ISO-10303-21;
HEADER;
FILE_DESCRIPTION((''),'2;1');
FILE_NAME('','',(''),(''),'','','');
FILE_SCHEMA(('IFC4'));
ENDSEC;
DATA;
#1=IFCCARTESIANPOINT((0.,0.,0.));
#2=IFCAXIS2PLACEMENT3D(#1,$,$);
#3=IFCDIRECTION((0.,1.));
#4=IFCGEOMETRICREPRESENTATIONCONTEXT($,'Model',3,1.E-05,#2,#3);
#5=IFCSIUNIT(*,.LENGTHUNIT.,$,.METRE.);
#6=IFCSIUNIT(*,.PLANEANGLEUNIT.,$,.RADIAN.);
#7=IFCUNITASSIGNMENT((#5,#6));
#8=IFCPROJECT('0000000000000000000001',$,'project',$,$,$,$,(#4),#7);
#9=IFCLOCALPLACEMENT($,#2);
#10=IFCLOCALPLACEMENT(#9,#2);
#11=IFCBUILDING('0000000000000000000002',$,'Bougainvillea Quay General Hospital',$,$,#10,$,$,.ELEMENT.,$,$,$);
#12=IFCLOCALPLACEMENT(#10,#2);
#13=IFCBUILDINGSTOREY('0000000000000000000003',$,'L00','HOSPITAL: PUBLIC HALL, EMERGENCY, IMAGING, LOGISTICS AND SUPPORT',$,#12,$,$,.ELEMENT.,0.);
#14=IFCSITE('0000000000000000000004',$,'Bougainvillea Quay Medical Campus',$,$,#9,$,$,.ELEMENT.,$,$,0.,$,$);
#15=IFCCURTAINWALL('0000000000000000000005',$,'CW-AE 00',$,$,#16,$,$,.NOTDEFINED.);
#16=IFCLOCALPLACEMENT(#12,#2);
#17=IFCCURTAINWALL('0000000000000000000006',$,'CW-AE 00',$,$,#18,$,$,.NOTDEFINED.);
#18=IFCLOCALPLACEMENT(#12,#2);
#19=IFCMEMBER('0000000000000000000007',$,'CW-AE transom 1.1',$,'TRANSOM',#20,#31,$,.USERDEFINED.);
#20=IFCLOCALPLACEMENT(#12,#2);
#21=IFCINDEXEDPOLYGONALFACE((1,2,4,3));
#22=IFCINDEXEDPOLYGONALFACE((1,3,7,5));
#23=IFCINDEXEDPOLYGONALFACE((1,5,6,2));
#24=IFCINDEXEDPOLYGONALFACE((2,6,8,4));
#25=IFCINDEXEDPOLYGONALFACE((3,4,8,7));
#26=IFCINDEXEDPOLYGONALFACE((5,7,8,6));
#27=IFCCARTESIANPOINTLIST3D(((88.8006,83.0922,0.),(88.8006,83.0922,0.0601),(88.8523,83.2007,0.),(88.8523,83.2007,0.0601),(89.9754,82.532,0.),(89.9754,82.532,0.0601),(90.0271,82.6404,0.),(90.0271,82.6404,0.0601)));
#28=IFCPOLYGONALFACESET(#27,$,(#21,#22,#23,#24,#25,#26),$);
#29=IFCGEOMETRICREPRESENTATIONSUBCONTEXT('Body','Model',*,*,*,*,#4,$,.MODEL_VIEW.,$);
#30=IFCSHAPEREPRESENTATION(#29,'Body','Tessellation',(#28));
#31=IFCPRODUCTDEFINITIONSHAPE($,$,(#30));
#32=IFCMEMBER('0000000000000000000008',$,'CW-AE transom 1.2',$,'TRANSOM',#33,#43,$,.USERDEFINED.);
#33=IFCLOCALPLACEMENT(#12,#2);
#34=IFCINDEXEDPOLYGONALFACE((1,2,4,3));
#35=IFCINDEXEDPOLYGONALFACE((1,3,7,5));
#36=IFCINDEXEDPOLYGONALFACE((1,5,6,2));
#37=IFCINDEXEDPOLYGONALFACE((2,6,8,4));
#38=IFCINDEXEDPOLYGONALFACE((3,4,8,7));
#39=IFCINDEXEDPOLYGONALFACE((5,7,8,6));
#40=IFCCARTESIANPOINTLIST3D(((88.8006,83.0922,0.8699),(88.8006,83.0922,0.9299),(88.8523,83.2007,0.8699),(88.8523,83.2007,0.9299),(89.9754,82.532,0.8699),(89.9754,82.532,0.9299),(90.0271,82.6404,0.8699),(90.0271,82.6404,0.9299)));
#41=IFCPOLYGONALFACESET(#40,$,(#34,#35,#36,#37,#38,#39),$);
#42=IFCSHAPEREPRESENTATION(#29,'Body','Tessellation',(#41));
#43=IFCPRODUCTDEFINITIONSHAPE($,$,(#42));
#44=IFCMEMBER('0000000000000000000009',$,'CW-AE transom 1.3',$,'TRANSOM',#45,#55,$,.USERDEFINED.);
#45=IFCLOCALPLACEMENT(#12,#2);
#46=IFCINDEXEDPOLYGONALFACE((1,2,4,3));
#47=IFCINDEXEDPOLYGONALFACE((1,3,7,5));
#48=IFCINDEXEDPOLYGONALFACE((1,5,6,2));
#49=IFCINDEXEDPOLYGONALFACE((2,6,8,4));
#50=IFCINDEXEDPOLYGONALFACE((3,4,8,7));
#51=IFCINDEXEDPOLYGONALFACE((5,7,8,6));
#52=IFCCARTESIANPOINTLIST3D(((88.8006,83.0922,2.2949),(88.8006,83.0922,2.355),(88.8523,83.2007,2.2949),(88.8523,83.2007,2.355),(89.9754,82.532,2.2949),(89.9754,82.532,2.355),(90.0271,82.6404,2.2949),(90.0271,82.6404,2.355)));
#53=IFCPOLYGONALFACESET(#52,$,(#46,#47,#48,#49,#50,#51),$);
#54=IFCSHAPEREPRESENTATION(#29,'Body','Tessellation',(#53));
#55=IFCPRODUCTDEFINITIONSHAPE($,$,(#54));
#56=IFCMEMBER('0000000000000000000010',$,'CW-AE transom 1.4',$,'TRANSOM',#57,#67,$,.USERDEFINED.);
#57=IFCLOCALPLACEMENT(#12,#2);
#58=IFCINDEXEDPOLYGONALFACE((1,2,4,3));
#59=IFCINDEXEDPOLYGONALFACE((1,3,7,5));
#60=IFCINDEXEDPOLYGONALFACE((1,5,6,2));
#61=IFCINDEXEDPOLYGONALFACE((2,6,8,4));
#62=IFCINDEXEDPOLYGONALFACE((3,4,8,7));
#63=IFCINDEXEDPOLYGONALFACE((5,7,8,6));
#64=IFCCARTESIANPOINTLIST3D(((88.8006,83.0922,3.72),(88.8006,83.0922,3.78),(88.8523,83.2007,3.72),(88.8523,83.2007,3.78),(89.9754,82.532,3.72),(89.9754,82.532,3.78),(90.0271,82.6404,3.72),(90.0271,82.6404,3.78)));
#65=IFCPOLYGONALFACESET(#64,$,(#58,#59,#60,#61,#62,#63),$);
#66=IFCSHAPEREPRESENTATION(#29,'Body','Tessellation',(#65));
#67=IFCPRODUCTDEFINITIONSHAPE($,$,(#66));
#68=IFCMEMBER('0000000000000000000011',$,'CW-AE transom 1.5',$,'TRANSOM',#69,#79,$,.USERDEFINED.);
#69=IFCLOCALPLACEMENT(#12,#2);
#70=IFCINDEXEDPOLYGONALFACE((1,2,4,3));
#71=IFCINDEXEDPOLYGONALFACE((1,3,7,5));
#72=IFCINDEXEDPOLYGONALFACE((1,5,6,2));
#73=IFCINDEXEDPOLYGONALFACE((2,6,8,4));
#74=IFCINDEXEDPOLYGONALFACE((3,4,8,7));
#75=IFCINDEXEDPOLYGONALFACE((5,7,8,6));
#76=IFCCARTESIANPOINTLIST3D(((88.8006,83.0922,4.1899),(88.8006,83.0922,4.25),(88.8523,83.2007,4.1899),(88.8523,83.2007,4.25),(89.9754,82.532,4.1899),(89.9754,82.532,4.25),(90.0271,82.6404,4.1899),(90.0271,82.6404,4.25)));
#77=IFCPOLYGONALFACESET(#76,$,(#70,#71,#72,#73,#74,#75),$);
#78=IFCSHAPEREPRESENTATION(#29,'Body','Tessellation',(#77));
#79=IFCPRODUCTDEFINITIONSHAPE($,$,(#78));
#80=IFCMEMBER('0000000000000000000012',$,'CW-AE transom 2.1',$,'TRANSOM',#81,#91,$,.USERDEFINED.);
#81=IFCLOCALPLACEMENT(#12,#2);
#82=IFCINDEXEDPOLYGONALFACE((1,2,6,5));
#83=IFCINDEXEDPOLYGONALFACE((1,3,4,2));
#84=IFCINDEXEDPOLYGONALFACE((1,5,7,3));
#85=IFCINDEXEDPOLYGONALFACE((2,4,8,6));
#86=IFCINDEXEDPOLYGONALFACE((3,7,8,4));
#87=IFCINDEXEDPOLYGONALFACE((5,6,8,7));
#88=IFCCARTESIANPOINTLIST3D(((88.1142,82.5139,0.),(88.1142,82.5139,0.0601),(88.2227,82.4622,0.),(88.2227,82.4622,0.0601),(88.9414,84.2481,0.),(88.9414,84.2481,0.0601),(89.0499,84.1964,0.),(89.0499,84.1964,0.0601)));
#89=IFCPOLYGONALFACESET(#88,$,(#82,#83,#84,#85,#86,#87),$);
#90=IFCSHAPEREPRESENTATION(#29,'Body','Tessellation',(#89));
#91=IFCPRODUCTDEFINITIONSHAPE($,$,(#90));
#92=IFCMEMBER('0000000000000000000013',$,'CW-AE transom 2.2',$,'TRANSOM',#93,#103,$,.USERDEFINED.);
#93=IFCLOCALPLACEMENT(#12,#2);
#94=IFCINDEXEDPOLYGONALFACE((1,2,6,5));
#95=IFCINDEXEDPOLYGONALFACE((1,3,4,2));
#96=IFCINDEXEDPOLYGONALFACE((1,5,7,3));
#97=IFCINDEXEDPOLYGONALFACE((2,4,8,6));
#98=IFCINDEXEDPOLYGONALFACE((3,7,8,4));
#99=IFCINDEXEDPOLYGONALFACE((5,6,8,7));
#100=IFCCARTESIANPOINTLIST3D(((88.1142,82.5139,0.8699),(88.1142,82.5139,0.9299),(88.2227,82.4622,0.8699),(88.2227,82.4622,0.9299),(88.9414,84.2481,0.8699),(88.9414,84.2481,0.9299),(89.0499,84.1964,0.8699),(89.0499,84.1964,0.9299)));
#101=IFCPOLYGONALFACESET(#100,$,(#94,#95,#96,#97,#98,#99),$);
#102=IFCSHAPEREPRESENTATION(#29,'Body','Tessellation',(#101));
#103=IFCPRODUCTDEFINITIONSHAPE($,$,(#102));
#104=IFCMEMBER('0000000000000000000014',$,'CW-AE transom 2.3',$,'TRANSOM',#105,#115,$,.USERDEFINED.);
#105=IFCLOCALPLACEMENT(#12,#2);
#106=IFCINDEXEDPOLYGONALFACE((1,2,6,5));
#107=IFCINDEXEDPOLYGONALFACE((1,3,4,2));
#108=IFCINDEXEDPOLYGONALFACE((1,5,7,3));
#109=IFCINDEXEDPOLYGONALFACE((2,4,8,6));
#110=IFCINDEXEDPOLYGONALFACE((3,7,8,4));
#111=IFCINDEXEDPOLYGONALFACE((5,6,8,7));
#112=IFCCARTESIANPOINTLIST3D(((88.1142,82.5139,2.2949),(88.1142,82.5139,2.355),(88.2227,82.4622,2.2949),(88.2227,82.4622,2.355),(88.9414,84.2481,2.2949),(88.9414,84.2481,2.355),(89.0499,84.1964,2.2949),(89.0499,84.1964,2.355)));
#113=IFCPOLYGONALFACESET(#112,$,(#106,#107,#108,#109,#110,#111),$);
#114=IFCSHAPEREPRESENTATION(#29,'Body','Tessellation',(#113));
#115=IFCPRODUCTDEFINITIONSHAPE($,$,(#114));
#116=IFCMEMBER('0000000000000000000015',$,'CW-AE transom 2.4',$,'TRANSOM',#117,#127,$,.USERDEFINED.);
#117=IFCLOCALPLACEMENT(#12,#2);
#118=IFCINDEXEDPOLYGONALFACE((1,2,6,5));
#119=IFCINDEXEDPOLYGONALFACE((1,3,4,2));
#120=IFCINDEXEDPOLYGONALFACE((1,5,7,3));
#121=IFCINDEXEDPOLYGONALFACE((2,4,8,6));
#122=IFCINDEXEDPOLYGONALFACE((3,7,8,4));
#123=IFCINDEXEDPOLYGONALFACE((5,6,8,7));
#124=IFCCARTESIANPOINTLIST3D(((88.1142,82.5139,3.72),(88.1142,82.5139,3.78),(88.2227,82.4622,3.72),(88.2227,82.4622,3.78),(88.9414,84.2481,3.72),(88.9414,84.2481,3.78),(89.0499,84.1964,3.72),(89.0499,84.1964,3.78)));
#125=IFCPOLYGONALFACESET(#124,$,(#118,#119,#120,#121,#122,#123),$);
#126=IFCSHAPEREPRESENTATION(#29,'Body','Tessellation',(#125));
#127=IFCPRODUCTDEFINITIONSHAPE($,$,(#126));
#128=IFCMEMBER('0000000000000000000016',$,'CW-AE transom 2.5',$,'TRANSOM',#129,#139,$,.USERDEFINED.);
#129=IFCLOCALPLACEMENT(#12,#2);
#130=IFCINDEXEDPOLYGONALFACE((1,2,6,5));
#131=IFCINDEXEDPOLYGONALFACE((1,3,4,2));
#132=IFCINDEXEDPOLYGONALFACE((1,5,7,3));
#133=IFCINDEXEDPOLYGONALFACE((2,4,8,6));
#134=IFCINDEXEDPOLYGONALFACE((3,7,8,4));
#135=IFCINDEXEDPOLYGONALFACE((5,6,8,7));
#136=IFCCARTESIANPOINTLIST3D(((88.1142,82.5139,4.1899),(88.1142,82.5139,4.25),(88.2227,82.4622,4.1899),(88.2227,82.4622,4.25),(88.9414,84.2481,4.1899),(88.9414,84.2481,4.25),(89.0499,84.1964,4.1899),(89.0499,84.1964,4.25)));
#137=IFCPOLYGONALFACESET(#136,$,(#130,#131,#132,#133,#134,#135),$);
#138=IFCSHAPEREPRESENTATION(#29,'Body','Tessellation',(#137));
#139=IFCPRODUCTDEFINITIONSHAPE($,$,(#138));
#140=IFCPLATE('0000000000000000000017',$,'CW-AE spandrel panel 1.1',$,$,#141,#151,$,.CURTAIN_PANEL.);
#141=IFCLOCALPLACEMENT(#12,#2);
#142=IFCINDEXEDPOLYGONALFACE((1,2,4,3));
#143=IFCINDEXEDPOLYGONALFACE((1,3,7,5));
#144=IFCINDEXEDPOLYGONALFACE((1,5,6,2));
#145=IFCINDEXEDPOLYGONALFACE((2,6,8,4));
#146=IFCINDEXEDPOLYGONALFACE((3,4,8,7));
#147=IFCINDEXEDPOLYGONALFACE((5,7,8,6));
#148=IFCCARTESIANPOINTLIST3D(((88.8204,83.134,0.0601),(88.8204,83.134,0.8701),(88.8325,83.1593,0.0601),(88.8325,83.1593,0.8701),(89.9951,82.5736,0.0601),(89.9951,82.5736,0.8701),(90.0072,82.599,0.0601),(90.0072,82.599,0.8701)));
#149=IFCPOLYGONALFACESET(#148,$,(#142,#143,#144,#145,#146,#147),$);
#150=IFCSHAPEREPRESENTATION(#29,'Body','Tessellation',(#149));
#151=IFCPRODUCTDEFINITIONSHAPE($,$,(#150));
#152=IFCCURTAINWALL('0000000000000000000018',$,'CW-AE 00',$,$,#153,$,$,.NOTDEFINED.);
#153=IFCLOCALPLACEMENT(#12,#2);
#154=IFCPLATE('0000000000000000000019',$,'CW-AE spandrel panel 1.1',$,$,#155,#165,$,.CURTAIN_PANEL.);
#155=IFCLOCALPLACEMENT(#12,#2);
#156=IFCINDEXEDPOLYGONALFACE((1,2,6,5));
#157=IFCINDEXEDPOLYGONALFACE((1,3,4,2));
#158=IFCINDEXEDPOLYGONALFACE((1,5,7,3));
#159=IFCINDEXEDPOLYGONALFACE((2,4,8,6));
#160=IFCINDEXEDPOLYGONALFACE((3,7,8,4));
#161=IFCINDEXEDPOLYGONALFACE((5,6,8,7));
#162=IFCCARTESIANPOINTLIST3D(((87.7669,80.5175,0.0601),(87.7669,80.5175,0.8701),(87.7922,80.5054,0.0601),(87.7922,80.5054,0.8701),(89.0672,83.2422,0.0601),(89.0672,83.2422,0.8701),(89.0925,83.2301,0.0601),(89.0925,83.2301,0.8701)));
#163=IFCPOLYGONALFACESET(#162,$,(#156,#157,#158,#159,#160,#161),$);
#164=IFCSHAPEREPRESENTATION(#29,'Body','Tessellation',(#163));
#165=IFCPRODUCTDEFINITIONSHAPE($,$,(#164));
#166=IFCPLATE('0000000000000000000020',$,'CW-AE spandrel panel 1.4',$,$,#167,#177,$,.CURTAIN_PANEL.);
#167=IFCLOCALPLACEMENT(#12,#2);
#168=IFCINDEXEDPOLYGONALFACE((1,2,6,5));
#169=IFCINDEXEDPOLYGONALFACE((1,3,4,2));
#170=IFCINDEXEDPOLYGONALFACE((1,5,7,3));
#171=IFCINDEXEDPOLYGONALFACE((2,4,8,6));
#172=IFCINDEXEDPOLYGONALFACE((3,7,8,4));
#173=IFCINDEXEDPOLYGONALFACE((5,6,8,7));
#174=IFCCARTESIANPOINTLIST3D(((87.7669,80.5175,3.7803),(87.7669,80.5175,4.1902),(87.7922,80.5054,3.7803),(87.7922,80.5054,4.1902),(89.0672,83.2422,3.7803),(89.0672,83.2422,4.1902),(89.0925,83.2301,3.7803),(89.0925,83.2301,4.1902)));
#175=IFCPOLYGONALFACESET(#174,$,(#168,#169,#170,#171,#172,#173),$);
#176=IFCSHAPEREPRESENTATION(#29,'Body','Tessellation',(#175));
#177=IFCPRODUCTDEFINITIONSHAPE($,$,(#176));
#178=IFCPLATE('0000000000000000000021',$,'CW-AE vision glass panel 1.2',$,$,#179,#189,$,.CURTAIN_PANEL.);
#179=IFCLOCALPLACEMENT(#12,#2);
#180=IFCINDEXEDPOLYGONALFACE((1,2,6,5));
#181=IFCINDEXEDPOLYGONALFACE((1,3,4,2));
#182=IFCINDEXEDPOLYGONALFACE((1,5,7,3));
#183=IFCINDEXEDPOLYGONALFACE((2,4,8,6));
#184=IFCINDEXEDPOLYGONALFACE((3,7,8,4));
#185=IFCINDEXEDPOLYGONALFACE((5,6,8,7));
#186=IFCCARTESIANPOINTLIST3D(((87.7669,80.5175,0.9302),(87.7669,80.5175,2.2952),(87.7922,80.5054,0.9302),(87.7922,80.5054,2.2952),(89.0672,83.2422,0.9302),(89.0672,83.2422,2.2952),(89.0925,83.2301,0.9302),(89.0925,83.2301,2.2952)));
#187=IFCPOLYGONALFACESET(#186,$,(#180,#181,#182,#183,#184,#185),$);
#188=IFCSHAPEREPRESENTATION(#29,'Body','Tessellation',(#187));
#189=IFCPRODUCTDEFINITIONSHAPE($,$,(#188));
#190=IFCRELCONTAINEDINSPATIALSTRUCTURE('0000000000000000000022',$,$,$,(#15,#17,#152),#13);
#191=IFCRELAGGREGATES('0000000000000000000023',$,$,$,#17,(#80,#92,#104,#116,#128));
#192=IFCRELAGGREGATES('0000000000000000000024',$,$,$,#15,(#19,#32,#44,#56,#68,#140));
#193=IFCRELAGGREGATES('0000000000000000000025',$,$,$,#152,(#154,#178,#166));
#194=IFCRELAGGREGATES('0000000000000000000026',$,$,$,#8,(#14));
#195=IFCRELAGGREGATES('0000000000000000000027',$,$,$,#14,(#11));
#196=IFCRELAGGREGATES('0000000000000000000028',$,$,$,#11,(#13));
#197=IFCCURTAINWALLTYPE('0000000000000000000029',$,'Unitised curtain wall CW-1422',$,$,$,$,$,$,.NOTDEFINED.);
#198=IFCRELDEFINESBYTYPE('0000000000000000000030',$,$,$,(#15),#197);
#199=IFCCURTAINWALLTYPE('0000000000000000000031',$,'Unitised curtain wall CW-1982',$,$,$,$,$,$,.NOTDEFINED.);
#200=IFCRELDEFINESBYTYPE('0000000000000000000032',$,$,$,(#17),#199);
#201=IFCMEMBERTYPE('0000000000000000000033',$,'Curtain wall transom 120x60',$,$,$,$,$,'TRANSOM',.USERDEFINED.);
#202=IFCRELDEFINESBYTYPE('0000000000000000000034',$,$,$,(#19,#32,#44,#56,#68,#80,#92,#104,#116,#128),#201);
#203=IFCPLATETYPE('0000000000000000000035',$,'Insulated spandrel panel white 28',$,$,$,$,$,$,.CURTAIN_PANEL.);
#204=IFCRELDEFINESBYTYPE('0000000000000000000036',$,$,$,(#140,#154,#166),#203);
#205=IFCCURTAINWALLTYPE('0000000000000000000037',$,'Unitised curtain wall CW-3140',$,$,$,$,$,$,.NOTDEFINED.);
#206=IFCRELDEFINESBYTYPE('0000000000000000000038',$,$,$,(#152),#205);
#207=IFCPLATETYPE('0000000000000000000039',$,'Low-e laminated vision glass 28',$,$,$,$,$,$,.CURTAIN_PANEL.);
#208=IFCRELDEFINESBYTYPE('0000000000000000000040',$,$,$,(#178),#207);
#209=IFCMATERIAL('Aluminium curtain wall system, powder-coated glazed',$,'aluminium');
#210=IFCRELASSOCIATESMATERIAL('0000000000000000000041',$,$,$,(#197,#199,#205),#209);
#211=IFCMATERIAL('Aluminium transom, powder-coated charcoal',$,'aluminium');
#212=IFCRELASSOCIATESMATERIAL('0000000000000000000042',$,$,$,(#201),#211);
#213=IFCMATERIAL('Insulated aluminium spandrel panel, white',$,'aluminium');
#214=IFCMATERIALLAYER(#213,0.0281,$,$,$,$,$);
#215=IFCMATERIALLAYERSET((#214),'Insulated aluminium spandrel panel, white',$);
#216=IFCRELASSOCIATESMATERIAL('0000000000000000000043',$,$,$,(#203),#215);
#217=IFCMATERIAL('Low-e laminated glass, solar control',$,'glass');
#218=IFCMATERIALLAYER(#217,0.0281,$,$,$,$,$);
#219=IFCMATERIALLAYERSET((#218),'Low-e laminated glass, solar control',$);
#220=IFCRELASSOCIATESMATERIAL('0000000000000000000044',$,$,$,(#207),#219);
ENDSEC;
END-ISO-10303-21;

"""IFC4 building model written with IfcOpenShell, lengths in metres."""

from ifc_helpers import new_model, si_unit, direction, frame, origin, origin_2d, place, context, subcontext, project, spatial, rectangle, extrude, material, layer, layer_set, material_profile, profile_set, type_object, element, aggregate, save


model = new_model("IFC4")

# Units and contexts
model_context = context("Model", 3, precision=1e-05, world=origin(), true_north=direction((0.0, 1.0)))
body_context = subcontext(model_context, "Body", "Model", "MODEL_VIEW")
ifc_project = project(units=[si_unit("LENGTHUNIT", "METRE"), si_unit("PLANEANGLEUNIT", "RADIAN")], contexts=[model_context])

# Site, building, storey
site_placement = place(None, origin())
site = spatial("IfcSite", under=ifc_project, at=site_placement, Name="Bougainvillea Quay Medical Campus", CompositionType="ELEMENT", RefElevation=0.0)
building_placement = place(site_placement, origin())
building = spatial("IfcBuilding", under=site, at=building_placement, Name="Bougainvillea Quay General Hospital", CompositionType="ELEMENT")
storey_placement = place(building_placement, origin())
storey = spatial("IfcBuildingStorey", under=building, at=storey_placement, Name="L00", Description="HOSPITAL: PUBLIC HALL, EMERGENCY, IMAGING, LOGISTICS AND SUPPORT", CompositionType="ELEMENT", Elevation=0.0)

# Curtain walls
ifc_material_1 = material(Name="Aluminium curtain wall system, powder-coated glazed", Category="aluminium")
curtain_wall_type_1 = type_object("IfcCurtainWallType", Name="Unitised curtain wall CW-1422", PredefinedType="NOTDEFINED", material=ifc_material_1)
curtain_wall_1_placement = place(storey_placement, origin())
curtain_wall_1 = element("IfcCurtainWall", 1, at=curtain_wall_1_placement, inside=storey, type_object=curtain_wall_type_1, Name="CW-AE 00", PredefinedType="NOTDEFINED")
curtain_wall_type_2 = type_object("IfcCurtainWallType", Name="Unitised curtain wall CW-1982", PredefinedType="NOTDEFINED", material=ifc_material_1)
curtain_wall_2_placement = place(storey_placement, origin())
curtain_wall_2 = element("IfcCurtainWall", 2, at=curtain_wall_2_placement, inside=storey, type_object=curtain_wall_type_2, Name="CW-AE 00", PredefinedType="NOTDEFINED")

# Members
ifc_material_2 = material(Name="Aluminium transom, powder-coated charcoal", Category="aluminium")
ifc_material_profile_1 = material_profile(ifc_material_2, rectangle(XDim=0.1201, YDim=0.0601, at=origin_2d()))
ifc_profile_set_1 = profile_set([ifc_material_profile_1], Name="Aluminium transom, powder-coated charcoal")
member_type_1 = type_object("IfcMemberType", Name="Curtain wall transom 120x60", ElementType="TRANSOM", PredefinedType="USERDEFINED", material=ifc_profile_set_1)
member_1_placement = place(storey_placement, frame((90.0012, 82.5862, 0.03), z_axis=(-0.9026, 0.43048, 0.0), x_axis=(-0.43048, -0.9026, 0.0)))
member_1 = element("IfcMember", 3, at=member_1_placement, type_object=member_type_1, Name="CW-AE transom 1.1", ObjectType="TRANSOM", PredefinedType="USERDEFINED", context=body_context, shape_type="SweptSolid", body=[
    extrude(rectangle(XDim=0.1201, YDim=0.0601, at=origin_2d()), origin(), (0.0, 0.0, 1.0), 1.3015),
])
member_2_placement = place(storey_placement, frame((90.0012, 82.5862, 0.8999), z_axis=(-0.9026, 0.43048, 0.0), x_axis=(-0.43048, -0.9026, 0.0)))
member_2 = element("IfcMember", 4, at=member_2_placement, type_object=member_type_1, Name="CW-AE transom 1.2", ObjectType="TRANSOM", PredefinedType="USERDEFINED", context=body_context, shape_type="SweptSolid", body=[
    extrude(rectangle(XDim=0.1201, YDim=0.0601, at=origin_2d()), origin(), (0.0, 0.0, 1.0), 1.3015),
])
member_3_placement = place(storey_placement, frame((90.0012, 82.5862, 2.325), z_axis=(-0.9026, 0.43048, 0.0), x_axis=(-0.43048, -0.9026, 0.0)))
member_3 = element("IfcMember", 5, at=member_3_placement, type_object=member_type_1, Name="CW-AE transom 1.3", ObjectType="TRANSOM", PredefinedType="USERDEFINED", context=body_context, shape_type="SweptSolid", body=[
    extrude(rectangle(XDim=0.1201, YDim=0.0601, at=origin_2d()), origin(), (0.0, 0.0, 1.0), 1.3015),
])
member_4_placement = place(storey_placement, frame((90.0012, 82.5862, 3.75), z_axis=(-0.9026, 0.43048, 0.0), x_axis=(-0.43048, -0.9026, 0.0)))
member_4 = element("IfcMember", 6, at=member_4_placement, type_object=member_type_1, Name="CW-AE transom 1.4", ObjectType="TRANSOM", PredefinedType="USERDEFINED", context=body_context, shape_type="SweptSolid", body=[
    extrude(rectangle(XDim=0.1201, YDim=0.0601, at=origin_2d()), origin(), (0.0, 0.0, 1.0), 1.3015),
])
member_5_placement = place(storey_placement, frame((90.0012, 82.5862, 4.22), z_axis=(-0.9026, 0.43048, 0.0), x_axis=(-0.43048, -0.9026, 0.0)))
member_5 = element("IfcMember", 7, at=member_5_placement, type_object=member_type_1, Name="CW-AE transom 1.5", ObjectType="TRANSOM", PredefinedType="USERDEFINED", context=body_context, shape_type="SweptSolid", body=[
    extrude(rectangle(XDim=0.1201, YDim=0.0601, at=origin_2d()), origin(), (0.0, 0.0, 1.0), 1.3015),
])
member_6_placement = place(storey_placement, frame((88.1685, 82.488, 0.03), z_axis=(0.430516, 0.902583, 0.0), x_axis=(-0.902583, 0.430516, 0.0)))
member_6 = element("IfcMember", 8, at=member_6_placement, type_object=member_type_1, Name="CW-AE transom 2.1", ObjectType="TRANSOM", PredefinedType="USERDEFINED", context=body_context, shape_type="SweptSolid", body=[
    extrude(rectangle(XDim=0.1201, YDim=0.0601, at=origin_2d()), origin(), (0.0, 0.0, 1.0), 1.9214),
])
member_7_placement = place(storey_placement, frame((88.1685, 82.488, 0.8999), z_axis=(0.430516, 0.902583, 0.0), x_axis=(-0.902583, 0.430516, 0.0)))
member_7 = element("IfcMember", 9, at=member_7_placement, type_object=member_type_1, Name="CW-AE transom 2.2", ObjectType="TRANSOM", PredefinedType="USERDEFINED", context=body_context, shape_type="SweptSolid", body=[
    extrude(rectangle(XDim=0.1201, YDim=0.0601, at=origin_2d()), origin(), (0.0, 0.0, 1.0), 1.9214),
])
member_8_placement = place(storey_placement, frame((88.1685, 82.488, 2.325), z_axis=(0.430516, 0.902583, 0.0), x_axis=(-0.902583, 0.430516, 0.0)))
member_8 = element("IfcMember", 10, at=member_8_placement, type_object=member_type_1, Name="CW-AE transom 2.3", ObjectType="TRANSOM", PredefinedType="USERDEFINED", context=body_context, shape_type="SweptSolid", body=[
    extrude(rectangle(XDim=0.1201, YDim=0.0601, at=origin_2d()), origin(), (0.0, 0.0, 1.0), 1.9214),
])
member_9_placement = place(storey_placement, frame((88.1685, 82.488, 3.75), z_axis=(0.430516, 0.902583, 0.0), x_axis=(-0.902583, 0.430516, 0.0)))
member_9 = element("IfcMember", 11, at=member_9_placement, type_object=member_type_1, Name="CW-AE transom 2.4", ObjectType="TRANSOM", PredefinedType="USERDEFINED", context=body_context, shape_type="SweptSolid", body=[
    extrude(rectangle(XDim=0.1201, YDim=0.0601, at=origin_2d()), origin(), (0.0, 0.0, 1.0), 1.9214),
])
member_10_placement = place(storey_placement, frame((88.1685, 82.488, 4.22), z_axis=(0.430516, 0.902583, 0.0), x_axis=(-0.902583, 0.430516, 0.0)))
member_10 = element("IfcMember", 12, at=member_10_placement, type_object=member_type_1, Name="CW-AE transom 2.5", ObjectType="TRANSOM", PredefinedType="USERDEFINED", context=body_context, shape_type="SweptSolid", body=[
    extrude(rectangle(XDim=0.1201, YDim=0.0601, at=origin_2d()), origin(), (0.0, 0.0, 1.0), 1.9214),
])
aggregate(curtain_wall_2, [member_6, member_7, member_8, member_9, member_10])

# Plate
ifc_material_3 = material(Name="Insulated aluminium spandrel panel, white", Category="aluminium")
ifc_layer_1 = layer(ifc_material_3, 0.0281)
ifc_layer_set_1 = layer_set([ifc_layer_1], Name="Insulated aluminium spandrel panel, white")
plate_type_1 = type_object("IfcPlateType", Name="Insulated spandrel panel white 28", PredefinedType="CURTAIN_PANEL", material=ifc_layer_set_1)
plate_1_placement = place(storey_placement, frame((89.4138, 82.8665, 0.0601), z_axis=(0.0, 0.0, 1.0), x_axis=(-0.902574, 0.430534, 0.0)))
plate_1 = element("IfcPlate", 13, at=plate_1_placement, type_object=plate_type_1, Name="CW-AE spandrel panel 1.1", PredefinedType="CURTAIN_PANEL", context=body_context, shape_type="SweptSolid", body=[
    extrude(rectangle(XDim=1.3015, YDim=0.0281, at=origin_2d()), origin(), (0.0, 0.0, 1.0), 0.8101),
])
aggregate(curtain_wall_1, [member_1, member_2, member_3, member_4, member_5, plate_1])

# Curtain wall, plates
curtain_wall_type_3 = type_object("IfcCurtainWallType", Name="Unitised curtain wall CW-3140", PredefinedType="NOTDEFINED", material=ifc_material_1)
curtain_wall_3_placement = place(storey_placement, origin())
curtain_wall_3 = element("IfcCurtainWall", 14, at=curtain_wall_3_placement, inside=storey, type_object=curtain_wall_type_3, Name="CW-AE 00", PredefinedType="NOTDEFINED")
plate_2_placement = place(storey_placement, frame((88.4297, 81.8738, 0.0601), z_axis=(0.0, 0.0, 1.0), x_axis=(-0.4307, -0.902495, 0.0)))
plate_2 = element("IfcPlate", 15, at=plate_2_placement, type_object=plate_type_1, Name="CW-AE spandrel panel 1.1", PredefinedType="CURTAIN_PANEL", context=body_context, shape_type="SweptSolid", body=[
    extrude(rectangle(XDim=3.019, YDim=0.0281, at=origin_2d()), origin(), (0.0, 0.0, 1.0), 0.8101),
])
plate_3_placement = place(storey_placement, frame((88.4297, 81.8738, 3.7803), z_axis=(0.0, 0.0, 1.0), x_axis=(-0.4307, -0.902495, 0.0)))
plate_3 = element("IfcPlate", 16, at=plate_3_placement, type_object=plate_type_1, Name="CW-AE spandrel panel 1.4", PredefinedType="CURTAIN_PANEL", context=body_context, shape_type="SweptSolid", body=[
    extrude(rectangle(XDim=3.019, YDim=0.0281, at=origin_2d()), origin(), (0.0, 0.0, 1.0), 0.4099),
])
ifc_material_4 = material(Name="Low-e laminated glass, solar control", Category="glass")
ifc_layer_2 = layer(ifc_material_4, 0.0281)
ifc_layer_set_2 = layer_set([ifc_layer_2], Name="Low-e laminated glass, solar control")
plate_type_2 = type_object("IfcPlateType", Name="Low-e laminated vision glass 28", PredefinedType="CURTAIN_PANEL", material=ifc_layer_set_2)
plate_4_placement = place(storey_placement, frame((88.4297, 81.8738, 0.9302), z_axis=(0.0, 0.0, 1.0), x_axis=(-0.4307, -0.902495, 0.0)))
plate_4 = element("IfcPlate", 17, at=plate_4_placement, type_object=plate_type_2, Name="CW-AE vision glass panel 1.2", PredefinedType="CURTAIN_PANEL", context=body_context, shape_type="SweptSolid", body=[
    extrude(rectangle(XDim=3.019, YDim=0.0281, at=origin_2d()), origin(), (0.0, 0.0, 1.0), 1.365),
])
aggregate(curtain_wall_3, [plate_2, plate_4, plate_3])

save(model, "model.ifc")
